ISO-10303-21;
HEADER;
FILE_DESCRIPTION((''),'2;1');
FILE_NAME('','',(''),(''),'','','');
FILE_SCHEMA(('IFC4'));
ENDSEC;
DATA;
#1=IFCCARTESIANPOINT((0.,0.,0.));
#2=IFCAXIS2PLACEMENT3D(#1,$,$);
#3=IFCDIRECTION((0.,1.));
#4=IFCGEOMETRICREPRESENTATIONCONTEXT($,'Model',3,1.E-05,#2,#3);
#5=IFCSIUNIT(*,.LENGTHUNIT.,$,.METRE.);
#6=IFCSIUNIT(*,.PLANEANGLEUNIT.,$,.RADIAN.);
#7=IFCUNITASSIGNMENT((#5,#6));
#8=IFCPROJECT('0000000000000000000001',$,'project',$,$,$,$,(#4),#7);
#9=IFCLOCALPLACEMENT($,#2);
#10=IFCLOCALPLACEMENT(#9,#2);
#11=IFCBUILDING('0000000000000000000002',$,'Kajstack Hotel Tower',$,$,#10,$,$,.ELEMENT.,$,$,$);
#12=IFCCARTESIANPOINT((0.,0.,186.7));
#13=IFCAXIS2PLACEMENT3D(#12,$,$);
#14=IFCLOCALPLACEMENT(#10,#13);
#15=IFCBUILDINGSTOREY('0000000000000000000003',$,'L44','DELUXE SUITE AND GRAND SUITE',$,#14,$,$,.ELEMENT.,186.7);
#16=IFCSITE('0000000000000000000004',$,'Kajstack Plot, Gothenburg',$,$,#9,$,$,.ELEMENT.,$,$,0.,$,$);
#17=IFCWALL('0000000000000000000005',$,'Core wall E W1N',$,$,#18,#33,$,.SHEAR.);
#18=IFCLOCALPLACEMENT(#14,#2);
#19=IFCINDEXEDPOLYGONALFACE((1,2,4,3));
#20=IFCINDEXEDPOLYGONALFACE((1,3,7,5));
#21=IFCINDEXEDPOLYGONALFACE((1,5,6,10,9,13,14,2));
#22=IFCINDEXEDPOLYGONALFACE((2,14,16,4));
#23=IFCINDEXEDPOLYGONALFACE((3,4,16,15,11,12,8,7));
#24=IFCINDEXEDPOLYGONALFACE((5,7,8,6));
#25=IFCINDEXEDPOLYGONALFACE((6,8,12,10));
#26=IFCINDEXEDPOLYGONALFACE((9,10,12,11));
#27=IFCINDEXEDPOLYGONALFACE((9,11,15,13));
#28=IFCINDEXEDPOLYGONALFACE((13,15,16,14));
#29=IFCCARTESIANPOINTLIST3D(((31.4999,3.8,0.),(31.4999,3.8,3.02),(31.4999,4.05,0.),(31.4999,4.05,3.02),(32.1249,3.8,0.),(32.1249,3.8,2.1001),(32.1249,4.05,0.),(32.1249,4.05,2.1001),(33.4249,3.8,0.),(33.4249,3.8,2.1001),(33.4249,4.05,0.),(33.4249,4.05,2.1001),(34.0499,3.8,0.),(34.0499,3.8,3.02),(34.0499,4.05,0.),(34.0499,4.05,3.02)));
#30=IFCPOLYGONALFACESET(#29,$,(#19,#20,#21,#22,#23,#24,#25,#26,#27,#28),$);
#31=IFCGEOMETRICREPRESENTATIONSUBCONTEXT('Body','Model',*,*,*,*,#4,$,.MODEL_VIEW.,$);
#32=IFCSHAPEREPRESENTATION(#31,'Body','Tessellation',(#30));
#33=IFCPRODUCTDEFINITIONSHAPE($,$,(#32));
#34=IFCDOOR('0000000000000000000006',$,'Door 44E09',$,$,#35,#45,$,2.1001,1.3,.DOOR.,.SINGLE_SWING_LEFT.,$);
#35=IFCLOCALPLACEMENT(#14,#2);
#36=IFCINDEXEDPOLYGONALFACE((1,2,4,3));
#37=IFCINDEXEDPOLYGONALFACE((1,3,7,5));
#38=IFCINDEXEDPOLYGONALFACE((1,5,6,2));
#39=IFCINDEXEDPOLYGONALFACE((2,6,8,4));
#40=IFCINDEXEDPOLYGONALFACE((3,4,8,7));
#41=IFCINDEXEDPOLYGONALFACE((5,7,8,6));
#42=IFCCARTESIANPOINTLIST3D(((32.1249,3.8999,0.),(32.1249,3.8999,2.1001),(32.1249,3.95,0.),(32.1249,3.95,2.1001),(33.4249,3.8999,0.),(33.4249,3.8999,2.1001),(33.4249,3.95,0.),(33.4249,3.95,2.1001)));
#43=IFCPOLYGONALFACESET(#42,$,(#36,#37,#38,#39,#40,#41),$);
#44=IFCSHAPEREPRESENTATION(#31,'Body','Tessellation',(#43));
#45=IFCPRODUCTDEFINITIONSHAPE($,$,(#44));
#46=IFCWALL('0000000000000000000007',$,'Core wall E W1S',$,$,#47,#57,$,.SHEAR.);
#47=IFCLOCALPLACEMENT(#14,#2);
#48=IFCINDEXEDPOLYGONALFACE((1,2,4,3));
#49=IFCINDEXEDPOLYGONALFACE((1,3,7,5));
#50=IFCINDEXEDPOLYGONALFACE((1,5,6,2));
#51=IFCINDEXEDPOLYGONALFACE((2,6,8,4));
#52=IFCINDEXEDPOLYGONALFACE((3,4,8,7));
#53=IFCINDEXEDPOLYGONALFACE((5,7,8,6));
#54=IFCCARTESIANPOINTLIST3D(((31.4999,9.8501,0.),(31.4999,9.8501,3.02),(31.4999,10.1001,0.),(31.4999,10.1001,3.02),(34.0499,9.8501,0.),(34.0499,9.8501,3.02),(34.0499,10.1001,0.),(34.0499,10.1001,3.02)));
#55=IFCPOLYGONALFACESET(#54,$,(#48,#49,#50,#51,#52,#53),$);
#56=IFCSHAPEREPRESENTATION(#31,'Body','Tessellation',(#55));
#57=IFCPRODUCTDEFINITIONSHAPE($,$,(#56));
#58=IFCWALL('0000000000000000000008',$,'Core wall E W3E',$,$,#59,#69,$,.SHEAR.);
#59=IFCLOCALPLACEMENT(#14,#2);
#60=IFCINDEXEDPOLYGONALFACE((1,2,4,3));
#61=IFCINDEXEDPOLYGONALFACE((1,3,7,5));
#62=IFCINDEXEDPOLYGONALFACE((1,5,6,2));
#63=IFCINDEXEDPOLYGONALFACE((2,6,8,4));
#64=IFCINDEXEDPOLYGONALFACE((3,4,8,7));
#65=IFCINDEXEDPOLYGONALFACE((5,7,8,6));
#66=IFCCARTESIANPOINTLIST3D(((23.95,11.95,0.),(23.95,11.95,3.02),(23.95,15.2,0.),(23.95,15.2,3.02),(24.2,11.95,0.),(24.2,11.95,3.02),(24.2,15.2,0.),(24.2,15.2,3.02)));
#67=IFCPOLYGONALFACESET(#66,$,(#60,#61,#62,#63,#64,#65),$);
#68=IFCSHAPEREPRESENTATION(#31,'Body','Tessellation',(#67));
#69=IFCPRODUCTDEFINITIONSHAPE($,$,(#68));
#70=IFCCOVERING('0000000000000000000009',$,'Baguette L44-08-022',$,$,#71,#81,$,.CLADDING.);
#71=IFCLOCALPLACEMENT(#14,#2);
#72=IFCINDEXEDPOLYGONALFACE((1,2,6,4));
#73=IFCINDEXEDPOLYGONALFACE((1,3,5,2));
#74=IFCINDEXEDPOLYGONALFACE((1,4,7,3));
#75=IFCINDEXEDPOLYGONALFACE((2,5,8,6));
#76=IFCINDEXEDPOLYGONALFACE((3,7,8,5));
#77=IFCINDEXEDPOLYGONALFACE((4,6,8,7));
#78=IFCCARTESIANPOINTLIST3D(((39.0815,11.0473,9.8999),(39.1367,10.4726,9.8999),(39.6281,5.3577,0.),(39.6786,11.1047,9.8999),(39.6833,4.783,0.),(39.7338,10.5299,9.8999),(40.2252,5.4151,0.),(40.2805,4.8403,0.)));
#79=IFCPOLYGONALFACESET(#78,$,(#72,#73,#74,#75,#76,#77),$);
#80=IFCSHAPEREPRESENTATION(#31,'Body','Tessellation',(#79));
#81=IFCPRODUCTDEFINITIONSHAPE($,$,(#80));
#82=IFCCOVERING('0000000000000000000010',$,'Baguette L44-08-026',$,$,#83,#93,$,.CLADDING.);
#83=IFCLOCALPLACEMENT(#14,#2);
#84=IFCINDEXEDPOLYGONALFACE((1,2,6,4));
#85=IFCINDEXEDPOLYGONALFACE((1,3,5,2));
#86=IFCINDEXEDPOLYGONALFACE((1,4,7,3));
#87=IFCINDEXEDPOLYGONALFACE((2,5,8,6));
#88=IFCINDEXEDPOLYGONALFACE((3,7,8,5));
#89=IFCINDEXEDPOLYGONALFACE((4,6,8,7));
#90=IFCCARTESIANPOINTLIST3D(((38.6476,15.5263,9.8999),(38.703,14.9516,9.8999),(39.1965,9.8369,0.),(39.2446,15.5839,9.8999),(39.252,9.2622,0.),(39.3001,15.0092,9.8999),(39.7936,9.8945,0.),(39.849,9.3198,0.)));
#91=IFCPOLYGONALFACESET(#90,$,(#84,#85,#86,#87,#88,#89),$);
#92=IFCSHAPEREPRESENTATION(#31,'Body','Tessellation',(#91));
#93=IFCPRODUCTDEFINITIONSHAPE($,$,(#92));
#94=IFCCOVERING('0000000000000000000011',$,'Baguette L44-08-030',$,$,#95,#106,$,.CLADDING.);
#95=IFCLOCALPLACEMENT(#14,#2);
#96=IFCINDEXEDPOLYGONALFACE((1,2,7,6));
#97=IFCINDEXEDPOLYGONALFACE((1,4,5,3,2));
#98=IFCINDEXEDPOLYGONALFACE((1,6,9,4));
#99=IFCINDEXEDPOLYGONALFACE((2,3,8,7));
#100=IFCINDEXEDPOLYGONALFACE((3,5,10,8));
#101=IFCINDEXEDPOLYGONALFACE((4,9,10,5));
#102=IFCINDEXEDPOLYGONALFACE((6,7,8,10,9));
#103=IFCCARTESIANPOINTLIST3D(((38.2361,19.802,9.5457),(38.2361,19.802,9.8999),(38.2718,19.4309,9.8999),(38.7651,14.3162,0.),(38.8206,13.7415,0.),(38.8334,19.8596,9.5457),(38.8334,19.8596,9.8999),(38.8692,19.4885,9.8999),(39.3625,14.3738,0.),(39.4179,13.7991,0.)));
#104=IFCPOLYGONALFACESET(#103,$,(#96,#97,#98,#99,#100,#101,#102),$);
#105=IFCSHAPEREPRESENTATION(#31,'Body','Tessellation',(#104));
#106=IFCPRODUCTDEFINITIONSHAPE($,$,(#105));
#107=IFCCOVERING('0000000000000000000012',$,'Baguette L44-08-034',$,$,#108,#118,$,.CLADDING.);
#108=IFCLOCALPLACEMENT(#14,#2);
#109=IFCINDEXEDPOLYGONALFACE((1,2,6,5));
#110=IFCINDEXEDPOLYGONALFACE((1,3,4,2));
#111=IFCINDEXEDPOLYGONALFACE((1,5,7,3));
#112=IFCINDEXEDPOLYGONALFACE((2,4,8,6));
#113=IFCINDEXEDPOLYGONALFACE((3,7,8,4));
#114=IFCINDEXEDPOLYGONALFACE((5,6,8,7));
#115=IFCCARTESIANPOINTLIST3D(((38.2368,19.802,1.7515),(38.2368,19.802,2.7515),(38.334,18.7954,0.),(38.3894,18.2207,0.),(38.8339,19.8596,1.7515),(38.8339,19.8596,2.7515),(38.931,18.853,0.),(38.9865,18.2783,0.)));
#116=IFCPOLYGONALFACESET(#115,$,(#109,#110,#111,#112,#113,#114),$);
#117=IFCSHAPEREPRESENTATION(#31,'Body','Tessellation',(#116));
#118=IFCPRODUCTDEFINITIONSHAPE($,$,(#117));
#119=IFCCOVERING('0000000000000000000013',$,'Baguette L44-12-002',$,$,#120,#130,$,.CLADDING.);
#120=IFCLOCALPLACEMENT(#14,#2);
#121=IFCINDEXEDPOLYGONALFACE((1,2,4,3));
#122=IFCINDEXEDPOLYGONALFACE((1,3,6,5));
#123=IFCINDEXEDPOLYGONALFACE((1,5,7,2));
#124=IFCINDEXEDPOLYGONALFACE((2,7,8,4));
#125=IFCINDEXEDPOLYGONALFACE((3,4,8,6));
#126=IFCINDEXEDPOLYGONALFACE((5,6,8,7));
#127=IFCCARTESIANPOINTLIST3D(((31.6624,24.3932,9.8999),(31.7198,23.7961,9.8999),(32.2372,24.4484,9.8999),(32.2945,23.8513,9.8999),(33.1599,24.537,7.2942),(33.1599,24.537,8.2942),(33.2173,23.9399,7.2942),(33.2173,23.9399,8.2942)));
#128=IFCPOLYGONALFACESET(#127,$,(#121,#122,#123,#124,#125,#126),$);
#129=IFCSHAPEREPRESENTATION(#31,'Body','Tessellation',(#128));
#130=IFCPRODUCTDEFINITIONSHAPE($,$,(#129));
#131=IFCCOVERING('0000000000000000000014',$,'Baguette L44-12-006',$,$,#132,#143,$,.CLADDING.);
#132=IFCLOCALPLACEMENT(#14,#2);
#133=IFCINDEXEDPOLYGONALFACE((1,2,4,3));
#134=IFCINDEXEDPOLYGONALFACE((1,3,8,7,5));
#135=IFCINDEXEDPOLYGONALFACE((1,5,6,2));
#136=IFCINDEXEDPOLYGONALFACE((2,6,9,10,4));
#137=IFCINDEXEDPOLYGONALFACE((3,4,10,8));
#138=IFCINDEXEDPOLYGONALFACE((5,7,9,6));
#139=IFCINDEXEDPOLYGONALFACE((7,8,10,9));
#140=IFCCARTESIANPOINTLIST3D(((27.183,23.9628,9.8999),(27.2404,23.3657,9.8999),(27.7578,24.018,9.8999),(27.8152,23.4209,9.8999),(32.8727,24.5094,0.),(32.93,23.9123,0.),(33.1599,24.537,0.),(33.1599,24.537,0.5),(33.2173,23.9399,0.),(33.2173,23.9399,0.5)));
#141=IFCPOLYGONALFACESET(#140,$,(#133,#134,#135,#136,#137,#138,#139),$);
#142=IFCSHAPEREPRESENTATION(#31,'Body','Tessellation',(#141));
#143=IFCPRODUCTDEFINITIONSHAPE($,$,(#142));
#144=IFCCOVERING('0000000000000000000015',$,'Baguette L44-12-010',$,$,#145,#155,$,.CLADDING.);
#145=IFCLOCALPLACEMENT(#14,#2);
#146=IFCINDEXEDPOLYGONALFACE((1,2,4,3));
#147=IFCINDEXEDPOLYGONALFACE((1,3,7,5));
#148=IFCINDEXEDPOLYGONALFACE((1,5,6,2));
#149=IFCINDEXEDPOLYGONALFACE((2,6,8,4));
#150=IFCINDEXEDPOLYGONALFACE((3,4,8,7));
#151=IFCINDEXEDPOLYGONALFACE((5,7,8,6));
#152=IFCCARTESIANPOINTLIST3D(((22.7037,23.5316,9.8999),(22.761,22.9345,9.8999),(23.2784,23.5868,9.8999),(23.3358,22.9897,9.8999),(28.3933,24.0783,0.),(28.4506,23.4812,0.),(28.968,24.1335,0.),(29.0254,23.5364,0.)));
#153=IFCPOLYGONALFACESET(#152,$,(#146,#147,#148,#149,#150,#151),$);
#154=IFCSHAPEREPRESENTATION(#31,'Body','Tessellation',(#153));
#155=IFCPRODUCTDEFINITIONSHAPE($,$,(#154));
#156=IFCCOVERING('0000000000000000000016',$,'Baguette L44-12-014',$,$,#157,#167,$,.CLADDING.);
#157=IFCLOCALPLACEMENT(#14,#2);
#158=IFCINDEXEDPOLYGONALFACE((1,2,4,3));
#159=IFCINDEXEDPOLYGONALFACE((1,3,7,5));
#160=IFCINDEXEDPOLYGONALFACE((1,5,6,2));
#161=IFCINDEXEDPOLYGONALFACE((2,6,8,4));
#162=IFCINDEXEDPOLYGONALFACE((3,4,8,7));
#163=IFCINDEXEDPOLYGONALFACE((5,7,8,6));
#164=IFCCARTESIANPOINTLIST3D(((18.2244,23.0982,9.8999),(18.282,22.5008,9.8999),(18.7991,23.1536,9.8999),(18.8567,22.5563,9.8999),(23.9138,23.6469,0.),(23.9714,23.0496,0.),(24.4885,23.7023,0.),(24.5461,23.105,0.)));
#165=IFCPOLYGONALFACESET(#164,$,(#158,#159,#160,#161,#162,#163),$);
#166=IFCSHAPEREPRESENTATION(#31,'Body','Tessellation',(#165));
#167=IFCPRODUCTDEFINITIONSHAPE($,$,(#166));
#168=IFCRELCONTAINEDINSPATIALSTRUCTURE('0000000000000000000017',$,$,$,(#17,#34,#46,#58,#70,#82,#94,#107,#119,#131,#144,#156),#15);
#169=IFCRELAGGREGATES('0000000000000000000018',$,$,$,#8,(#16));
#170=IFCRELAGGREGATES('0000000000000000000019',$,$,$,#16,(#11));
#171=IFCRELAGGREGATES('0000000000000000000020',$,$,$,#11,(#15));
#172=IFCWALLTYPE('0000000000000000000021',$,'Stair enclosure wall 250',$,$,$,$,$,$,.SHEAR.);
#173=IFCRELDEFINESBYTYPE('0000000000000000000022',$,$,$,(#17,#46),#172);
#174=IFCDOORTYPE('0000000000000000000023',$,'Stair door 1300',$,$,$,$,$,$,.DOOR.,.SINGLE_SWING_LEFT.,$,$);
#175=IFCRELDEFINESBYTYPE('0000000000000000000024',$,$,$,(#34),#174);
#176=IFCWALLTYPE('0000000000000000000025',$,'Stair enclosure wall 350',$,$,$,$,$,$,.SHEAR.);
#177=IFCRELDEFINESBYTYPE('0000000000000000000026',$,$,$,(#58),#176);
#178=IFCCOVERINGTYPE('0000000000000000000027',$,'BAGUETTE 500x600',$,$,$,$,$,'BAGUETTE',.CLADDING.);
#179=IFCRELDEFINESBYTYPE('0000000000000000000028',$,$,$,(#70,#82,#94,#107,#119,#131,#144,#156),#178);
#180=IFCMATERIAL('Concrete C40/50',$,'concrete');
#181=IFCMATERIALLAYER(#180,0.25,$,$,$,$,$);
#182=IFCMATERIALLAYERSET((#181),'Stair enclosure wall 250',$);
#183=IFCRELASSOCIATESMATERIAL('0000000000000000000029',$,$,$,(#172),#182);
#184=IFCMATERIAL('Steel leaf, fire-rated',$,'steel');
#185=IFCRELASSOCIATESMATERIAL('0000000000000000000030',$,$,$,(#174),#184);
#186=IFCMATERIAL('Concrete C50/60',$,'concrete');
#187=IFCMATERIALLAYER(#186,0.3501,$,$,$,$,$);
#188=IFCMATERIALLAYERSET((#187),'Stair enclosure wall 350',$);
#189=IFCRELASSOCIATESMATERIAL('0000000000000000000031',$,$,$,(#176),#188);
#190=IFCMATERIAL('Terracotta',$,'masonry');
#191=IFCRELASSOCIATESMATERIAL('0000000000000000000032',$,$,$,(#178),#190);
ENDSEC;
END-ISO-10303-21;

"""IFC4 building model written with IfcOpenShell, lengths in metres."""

from ifc_helpers import new_model, si_unit, direction, frame, frame_2d, origin, origin_2d, place, context, subcontext, project, spatial, polyline, rectangle, outline, extrude, material, layer, layer_set, material_profile, profile_set, type_object, element, fill, save


model = new_model("IFC4")

# Units and contexts
model_context = context("Model", 3, precision=1e-05, world=origin(), true_north=direction((0.0, 1.0)))
body_context = subcontext(model_context, "Body", "Model", "MODEL_VIEW")
ifc_project = project(units=[si_unit("LENGTHUNIT", "METRE"), si_unit("PLANEANGLEUNIT", "RADIAN")], contexts=[model_context])

# Site, building, storey
site_placement = place(None, origin())
site = spatial("IfcSite", under=ifc_project, at=site_placement, Name="Kajstack Plot, Gothenburg", CompositionType="ELEMENT", RefElevation=0.0)
building_placement = place(site_placement, origin())
building = spatial("IfcBuilding", under=site, at=building_placement, Name="Kajstack Hotel Tower", CompositionType="ELEMENT")
storey_placement = place(building_placement, frame((0.0, 0.0, 186.7)))
storey = spatial("IfcBuildingStorey", under=building, at=storey_placement, Name="L44", Description="DELUXE SUITE AND GRAND SUITE", CompositionType="ELEMENT", Elevation=186.7)

# Shared definitions
ifc_material_1 = material(Name="Concrete C40/50", Category="concrete")
ifc_material_2 = material(Name="Concrete C50/60", Category="concrete")

# Wall, opening, door
ifc_layer_1 = layer(ifc_material_1, 0.25)
ifc_layer_set_1 = layer_set([ifc_layer_1], Name="Stair enclosure wall 250")
wall_type_1 = type_object("IfcWallType", Name="Stair enclosure wall 250", PredefinedType="SHEAR", material=ifc_layer_set_1)
wall_1_placement = place(storey_placement, frame((31.5, 3.925, 0.0), z_axis=(0.0, 0.0, 1.0), x_axis=(1.0, 0.0, 0.0)))
wall_1 = element("IfcWall", 1, at=wall_1_placement, inside=storey, type_object=wall_type_1, Name="Core wall E W1N", PredefinedType="SHEAR", context=body_context, shape_type="SweptSolid", body=[
    extrude(rectangle(XDim=2.55, YDim=0.25, at=frame_2d((1.2749, 0.0))), origin(), (0.0, 0.0, 1.0), 3.02),
])
opening_1_placement = place(wall_1_placement, frame((0.625, 0.0, 0.0)))
opening_1 = element("IfcOpeningElement", 2, at=opening_1_placement, cuts=wall_1, PredefinedType="OPENING", context=body_context, shape_type="SweptSolid", body=[
    extrude(rectangle(XDim=1.3, YDim=2.1001, at=frame_2d((0.6499, 1.05))), frame((0.0, 0.135, 0.0), z_axis=(0.0, -1.0, 0.0), x_axis=(1.0, 0.0, 0.0)), (0.0, 0.0, 1.0), 0.27),
])
ifc_material_3 = material(Name="Steel leaf, fire-rated", Category="steel")
door_type_1 = type_object("IfcDoorType", Name="Stair door 1300", OperationType="SINGLE_SWING_LEFT", PredefinedType="DOOR", material=ifc_material_3)
door_1_placement = place(opening_1_placement, origin())
door_1 = element("IfcDoor", 3, at=door_1_placement, inside=storey, type_object=door_type_1, Name="Door 44E09", OperationType="SINGLE_SWING_LEFT", OverallHeight=2.1001, OverallWidth=1.3, PredefinedType="DOOR", context=body_context, shape_type="SweptSolid", body=[
    extrude(rectangle(XDim=1.3, YDim=2.1001, at=frame_2d((0.6499, 1.05))), frame((0.0, 0.0249, 0.0), z_axis=(0.0, -1.0, 0.0), x_axis=(1.0, 0.0, 0.0)), (0.0, 0.0, 1.0), 0.05),
])
fill(opening_1, door_1)

# Walls
wall_2_placement = place(storey_placement, frame((31.5, 9.9751, 0.0), z_axis=(0.0, 0.0, 1.0), x_axis=(1.0, 0.0, 0.0)))
element("IfcWall", 4, at=wall_2_placement, inside=storey, type_object=wall_type_1, Name="Core wall E W1S", PredefinedType="SHEAR", context=body_context, shape_type="SweptSolid", body=[
    extrude(rectangle(XDim=2.55, YDim=0.25, at=frame_2d((1.2749, 0.0))), origin(), (0.0, 0.0, 1.0), 3.02),
])
ifc_layer_2 = layer(ifc_material_2, 0.3501)
ifc_layer_set_2 = layer_set([ifc_layer_2], Name="Stair enclosure wall 350")
wall_type_2 = type_object("IfcWallType", Name="Stair enclosure wall 350", PredefinedType="SHEAR", material=ifc_layer_set_2)
wall_3_placement = place(storey_placement, frame((24.075, 11.95, 0.0), z_axis=(0.0, 0.0, 1.0), x_axis=(0.0, 1.0, 0.0)))
element("IfcWall", 5, at=wall_3_placement, inside=storey, type_object=wall_type_2, Name="Core wall E W3E", PredefinedType="SHEAR", context=body_context, shape_type="SweptSolid", body=[
    extrude(rectangle(XDim=3.25, YDim=0.25, at=frame_2d((1.625, 0.0))), origin(), (0.0, 0.0, 1.0), 3.02),
])

# Coverings
ifc_material_4 = material(Name="Terracotta", Category="masonry")
ifc_material_profile = material_profile(ifc_material_4, rectangle(XDim=0.6001, YDim=0.5, at=origin_2d()), Name="Terracotta-clad concrete baguette 500 x 600")
ifc_profile_set = profile_set([ifc_material_profile], Name="Terracotta")
covering_type = type_object("IfcCoveringType", Name="BAGUETTE 500x600", ElementType="BAGUETTE", PredefinedType="CLADDING", material=ifc_profile_set)
for number, where, z_axis, x_axis, name in (
    (6, (39.6833, 4.783, 0.0), (0.995416, 0.095635, 0.0), (-0.095635, 0.995416, 0.0), "Baguette L44-08-022"),
    (7, (39.252, 9.2622, 0.0), (0.995378, 0.096038, 0.0), (-0.096038, 0.995378, 0.0), "Baguette L44-08-026"),
):
    element("IfcCovering", number, at=place(storey_placement, frame(where, z_axis=z_axis, x_axis=x_axis)), inside=storey, type_object=covering_type, Name=name, PredefinedType="CLADDING", context=body_context, shape_type="SweptSolid", body=[
        extrude(outline(polyline([(5.7158, 9.8999), (0.0, 0.0), (0.5774, 0.0), (6.2932, 9.8999), (5.7158, 9.8999)])), origin(), (0.0, 0.0, 1.0), 0.5999),
    ])
covering_1_placement = place(storey_placement, frame((38.8206, 13.7415, 0.0), z_axis=(0.995381, 0.095999, 0.0), x_axis=(-0.095999, 0.995381, 0.0)))
element("IfcCovering", 8, at=covering_1_placement, inside=storey, type_object=covering_type, Name="Baguette L44-08-030", PredefinedType="CLADDING", context=body_context, shape_type="SweptSolid", body=[
    extrude(outline(polyline([(0.5774, 0.0), (6.0886, 9.5457), (6.0886, 9.8999), (5.7158, 9.8999), (0.0, 0.0), (0.5774, 0.0)])), origin(), (0.0, 0.0, 1.0), 0.6001),
])
covering_2_placement = place(storey_placement, frame((38.3894, 18.2207, 0.0), z_axis=(0.995378, 0.096038, 0.0), x_axis=(-0.096038, 0.995378, 0.0)))
element("IfcCovering", 9, at=covering_2_placement, inside=storey, type_object=covering_type, Name="Baguette L44-08-034", PredefinedType="CLADDING", context=body_context, shape_type="SweptSolid", body=[
    extrude(outline(polyline([(0.5774, 0.0), (1.5886, 1.7515), (1.5886, 2.7515), (0.0, 0.0), (0.5774, 0.0)])), origin(), (0.0, 0.0, 1.0), 0.5999),
])
covering_3_placement = place(storey_placement, frame((33.2173, 23.9399, 0.0), z_axis=(-0.095635, 0.995416, 0.0), x_axis=(-0.995416, -0.095635, 0.0)))
element("IfcCovering", 10, at=covering_3_placement, inside=storey, type_object=covering_type, Name="Baguette L44-12-002", PredefinedType="CLADDING", context=body_context, shape_type="SweptSolid", body=[
    extrude(outline(polyline([(0.927, 9.8999), (0.0, 8.2942), (0.0, 7.2942), (1.5044, 9.8999), (0.927, 9.8999)])), origin(), (0.0, 0.0, 1.0), 0.5999),
])
covering_4_placement = place(storey_placement, frame((33.2173, 23.9399, 0.0), z_axis=(-0.095635, 0.995416, 0.0), x_axis=(-0.995416, -0.095635, 0.0)))
element("IfcCovering", 11, at=covering_4_placement, inside=storey, type_object=covering_type, Name="Baguette L44-12-006", PredefinedType="CLADDING", context=body_context, shape_type="SweptSolid", body=[
    extrude(outline(polyline([(5.427, 9.8999), (0.0, 0.5), (0.0, 0.0), (0.2886, 0.0), (6.0044, 9.8999), (5.427, 9.8999)])), origin(), (0.0, 0.0, 1.0), 0.5999),
])
covering_5_placement = place(storey_placement, frame((29.0254, 23.5364, 0.0), z_axis=(-0.095635, 0.995416, 0.0), x_axis=(-0.995416, -0.095635, 0.0)))
element("IfcCovering", 12, at=covering_5_placement, inside=storey, type_object=covering_type, Name="Baguette L44-12-010", PredefinedType="CLADDING", context=body_context, shape_type="SweptSolid", body=[
    extrude(outline(polyline([(5.7158, 9.8999), (0.0, 0.0), (0.5774, 0.0), (6.2932, 9.8999), (5.7158, 9.8999)])), origin(), (0.0, 0.0, 1.0), 0.5999),
])
covering_6_placement = place(storey_placement, frame((24.5461, 23.105, 0.0), z_axis=(-0.095999, 0.995381, 0.0), x_axis=(-0.995381, -0.095999, 0.0)))
element("IfcCovering", 13, at=covering_6_placement, inside=storey, type_object=covering_type, Name="Baguette L44-12-014", PredefinedType="CLADDING", context=body_context, shape_type="SweptSolid", body=[
    extrude(outline(polyline([(5.7158, 9.8999), (0.0, 0.0), (0.5774, 0.0), (6.2932, 9.8999), (5.7158, 9.8999)])), origin(), (0.0, 0.0, 1.0), 0.6001),
])

save(model, "model.ifc")
